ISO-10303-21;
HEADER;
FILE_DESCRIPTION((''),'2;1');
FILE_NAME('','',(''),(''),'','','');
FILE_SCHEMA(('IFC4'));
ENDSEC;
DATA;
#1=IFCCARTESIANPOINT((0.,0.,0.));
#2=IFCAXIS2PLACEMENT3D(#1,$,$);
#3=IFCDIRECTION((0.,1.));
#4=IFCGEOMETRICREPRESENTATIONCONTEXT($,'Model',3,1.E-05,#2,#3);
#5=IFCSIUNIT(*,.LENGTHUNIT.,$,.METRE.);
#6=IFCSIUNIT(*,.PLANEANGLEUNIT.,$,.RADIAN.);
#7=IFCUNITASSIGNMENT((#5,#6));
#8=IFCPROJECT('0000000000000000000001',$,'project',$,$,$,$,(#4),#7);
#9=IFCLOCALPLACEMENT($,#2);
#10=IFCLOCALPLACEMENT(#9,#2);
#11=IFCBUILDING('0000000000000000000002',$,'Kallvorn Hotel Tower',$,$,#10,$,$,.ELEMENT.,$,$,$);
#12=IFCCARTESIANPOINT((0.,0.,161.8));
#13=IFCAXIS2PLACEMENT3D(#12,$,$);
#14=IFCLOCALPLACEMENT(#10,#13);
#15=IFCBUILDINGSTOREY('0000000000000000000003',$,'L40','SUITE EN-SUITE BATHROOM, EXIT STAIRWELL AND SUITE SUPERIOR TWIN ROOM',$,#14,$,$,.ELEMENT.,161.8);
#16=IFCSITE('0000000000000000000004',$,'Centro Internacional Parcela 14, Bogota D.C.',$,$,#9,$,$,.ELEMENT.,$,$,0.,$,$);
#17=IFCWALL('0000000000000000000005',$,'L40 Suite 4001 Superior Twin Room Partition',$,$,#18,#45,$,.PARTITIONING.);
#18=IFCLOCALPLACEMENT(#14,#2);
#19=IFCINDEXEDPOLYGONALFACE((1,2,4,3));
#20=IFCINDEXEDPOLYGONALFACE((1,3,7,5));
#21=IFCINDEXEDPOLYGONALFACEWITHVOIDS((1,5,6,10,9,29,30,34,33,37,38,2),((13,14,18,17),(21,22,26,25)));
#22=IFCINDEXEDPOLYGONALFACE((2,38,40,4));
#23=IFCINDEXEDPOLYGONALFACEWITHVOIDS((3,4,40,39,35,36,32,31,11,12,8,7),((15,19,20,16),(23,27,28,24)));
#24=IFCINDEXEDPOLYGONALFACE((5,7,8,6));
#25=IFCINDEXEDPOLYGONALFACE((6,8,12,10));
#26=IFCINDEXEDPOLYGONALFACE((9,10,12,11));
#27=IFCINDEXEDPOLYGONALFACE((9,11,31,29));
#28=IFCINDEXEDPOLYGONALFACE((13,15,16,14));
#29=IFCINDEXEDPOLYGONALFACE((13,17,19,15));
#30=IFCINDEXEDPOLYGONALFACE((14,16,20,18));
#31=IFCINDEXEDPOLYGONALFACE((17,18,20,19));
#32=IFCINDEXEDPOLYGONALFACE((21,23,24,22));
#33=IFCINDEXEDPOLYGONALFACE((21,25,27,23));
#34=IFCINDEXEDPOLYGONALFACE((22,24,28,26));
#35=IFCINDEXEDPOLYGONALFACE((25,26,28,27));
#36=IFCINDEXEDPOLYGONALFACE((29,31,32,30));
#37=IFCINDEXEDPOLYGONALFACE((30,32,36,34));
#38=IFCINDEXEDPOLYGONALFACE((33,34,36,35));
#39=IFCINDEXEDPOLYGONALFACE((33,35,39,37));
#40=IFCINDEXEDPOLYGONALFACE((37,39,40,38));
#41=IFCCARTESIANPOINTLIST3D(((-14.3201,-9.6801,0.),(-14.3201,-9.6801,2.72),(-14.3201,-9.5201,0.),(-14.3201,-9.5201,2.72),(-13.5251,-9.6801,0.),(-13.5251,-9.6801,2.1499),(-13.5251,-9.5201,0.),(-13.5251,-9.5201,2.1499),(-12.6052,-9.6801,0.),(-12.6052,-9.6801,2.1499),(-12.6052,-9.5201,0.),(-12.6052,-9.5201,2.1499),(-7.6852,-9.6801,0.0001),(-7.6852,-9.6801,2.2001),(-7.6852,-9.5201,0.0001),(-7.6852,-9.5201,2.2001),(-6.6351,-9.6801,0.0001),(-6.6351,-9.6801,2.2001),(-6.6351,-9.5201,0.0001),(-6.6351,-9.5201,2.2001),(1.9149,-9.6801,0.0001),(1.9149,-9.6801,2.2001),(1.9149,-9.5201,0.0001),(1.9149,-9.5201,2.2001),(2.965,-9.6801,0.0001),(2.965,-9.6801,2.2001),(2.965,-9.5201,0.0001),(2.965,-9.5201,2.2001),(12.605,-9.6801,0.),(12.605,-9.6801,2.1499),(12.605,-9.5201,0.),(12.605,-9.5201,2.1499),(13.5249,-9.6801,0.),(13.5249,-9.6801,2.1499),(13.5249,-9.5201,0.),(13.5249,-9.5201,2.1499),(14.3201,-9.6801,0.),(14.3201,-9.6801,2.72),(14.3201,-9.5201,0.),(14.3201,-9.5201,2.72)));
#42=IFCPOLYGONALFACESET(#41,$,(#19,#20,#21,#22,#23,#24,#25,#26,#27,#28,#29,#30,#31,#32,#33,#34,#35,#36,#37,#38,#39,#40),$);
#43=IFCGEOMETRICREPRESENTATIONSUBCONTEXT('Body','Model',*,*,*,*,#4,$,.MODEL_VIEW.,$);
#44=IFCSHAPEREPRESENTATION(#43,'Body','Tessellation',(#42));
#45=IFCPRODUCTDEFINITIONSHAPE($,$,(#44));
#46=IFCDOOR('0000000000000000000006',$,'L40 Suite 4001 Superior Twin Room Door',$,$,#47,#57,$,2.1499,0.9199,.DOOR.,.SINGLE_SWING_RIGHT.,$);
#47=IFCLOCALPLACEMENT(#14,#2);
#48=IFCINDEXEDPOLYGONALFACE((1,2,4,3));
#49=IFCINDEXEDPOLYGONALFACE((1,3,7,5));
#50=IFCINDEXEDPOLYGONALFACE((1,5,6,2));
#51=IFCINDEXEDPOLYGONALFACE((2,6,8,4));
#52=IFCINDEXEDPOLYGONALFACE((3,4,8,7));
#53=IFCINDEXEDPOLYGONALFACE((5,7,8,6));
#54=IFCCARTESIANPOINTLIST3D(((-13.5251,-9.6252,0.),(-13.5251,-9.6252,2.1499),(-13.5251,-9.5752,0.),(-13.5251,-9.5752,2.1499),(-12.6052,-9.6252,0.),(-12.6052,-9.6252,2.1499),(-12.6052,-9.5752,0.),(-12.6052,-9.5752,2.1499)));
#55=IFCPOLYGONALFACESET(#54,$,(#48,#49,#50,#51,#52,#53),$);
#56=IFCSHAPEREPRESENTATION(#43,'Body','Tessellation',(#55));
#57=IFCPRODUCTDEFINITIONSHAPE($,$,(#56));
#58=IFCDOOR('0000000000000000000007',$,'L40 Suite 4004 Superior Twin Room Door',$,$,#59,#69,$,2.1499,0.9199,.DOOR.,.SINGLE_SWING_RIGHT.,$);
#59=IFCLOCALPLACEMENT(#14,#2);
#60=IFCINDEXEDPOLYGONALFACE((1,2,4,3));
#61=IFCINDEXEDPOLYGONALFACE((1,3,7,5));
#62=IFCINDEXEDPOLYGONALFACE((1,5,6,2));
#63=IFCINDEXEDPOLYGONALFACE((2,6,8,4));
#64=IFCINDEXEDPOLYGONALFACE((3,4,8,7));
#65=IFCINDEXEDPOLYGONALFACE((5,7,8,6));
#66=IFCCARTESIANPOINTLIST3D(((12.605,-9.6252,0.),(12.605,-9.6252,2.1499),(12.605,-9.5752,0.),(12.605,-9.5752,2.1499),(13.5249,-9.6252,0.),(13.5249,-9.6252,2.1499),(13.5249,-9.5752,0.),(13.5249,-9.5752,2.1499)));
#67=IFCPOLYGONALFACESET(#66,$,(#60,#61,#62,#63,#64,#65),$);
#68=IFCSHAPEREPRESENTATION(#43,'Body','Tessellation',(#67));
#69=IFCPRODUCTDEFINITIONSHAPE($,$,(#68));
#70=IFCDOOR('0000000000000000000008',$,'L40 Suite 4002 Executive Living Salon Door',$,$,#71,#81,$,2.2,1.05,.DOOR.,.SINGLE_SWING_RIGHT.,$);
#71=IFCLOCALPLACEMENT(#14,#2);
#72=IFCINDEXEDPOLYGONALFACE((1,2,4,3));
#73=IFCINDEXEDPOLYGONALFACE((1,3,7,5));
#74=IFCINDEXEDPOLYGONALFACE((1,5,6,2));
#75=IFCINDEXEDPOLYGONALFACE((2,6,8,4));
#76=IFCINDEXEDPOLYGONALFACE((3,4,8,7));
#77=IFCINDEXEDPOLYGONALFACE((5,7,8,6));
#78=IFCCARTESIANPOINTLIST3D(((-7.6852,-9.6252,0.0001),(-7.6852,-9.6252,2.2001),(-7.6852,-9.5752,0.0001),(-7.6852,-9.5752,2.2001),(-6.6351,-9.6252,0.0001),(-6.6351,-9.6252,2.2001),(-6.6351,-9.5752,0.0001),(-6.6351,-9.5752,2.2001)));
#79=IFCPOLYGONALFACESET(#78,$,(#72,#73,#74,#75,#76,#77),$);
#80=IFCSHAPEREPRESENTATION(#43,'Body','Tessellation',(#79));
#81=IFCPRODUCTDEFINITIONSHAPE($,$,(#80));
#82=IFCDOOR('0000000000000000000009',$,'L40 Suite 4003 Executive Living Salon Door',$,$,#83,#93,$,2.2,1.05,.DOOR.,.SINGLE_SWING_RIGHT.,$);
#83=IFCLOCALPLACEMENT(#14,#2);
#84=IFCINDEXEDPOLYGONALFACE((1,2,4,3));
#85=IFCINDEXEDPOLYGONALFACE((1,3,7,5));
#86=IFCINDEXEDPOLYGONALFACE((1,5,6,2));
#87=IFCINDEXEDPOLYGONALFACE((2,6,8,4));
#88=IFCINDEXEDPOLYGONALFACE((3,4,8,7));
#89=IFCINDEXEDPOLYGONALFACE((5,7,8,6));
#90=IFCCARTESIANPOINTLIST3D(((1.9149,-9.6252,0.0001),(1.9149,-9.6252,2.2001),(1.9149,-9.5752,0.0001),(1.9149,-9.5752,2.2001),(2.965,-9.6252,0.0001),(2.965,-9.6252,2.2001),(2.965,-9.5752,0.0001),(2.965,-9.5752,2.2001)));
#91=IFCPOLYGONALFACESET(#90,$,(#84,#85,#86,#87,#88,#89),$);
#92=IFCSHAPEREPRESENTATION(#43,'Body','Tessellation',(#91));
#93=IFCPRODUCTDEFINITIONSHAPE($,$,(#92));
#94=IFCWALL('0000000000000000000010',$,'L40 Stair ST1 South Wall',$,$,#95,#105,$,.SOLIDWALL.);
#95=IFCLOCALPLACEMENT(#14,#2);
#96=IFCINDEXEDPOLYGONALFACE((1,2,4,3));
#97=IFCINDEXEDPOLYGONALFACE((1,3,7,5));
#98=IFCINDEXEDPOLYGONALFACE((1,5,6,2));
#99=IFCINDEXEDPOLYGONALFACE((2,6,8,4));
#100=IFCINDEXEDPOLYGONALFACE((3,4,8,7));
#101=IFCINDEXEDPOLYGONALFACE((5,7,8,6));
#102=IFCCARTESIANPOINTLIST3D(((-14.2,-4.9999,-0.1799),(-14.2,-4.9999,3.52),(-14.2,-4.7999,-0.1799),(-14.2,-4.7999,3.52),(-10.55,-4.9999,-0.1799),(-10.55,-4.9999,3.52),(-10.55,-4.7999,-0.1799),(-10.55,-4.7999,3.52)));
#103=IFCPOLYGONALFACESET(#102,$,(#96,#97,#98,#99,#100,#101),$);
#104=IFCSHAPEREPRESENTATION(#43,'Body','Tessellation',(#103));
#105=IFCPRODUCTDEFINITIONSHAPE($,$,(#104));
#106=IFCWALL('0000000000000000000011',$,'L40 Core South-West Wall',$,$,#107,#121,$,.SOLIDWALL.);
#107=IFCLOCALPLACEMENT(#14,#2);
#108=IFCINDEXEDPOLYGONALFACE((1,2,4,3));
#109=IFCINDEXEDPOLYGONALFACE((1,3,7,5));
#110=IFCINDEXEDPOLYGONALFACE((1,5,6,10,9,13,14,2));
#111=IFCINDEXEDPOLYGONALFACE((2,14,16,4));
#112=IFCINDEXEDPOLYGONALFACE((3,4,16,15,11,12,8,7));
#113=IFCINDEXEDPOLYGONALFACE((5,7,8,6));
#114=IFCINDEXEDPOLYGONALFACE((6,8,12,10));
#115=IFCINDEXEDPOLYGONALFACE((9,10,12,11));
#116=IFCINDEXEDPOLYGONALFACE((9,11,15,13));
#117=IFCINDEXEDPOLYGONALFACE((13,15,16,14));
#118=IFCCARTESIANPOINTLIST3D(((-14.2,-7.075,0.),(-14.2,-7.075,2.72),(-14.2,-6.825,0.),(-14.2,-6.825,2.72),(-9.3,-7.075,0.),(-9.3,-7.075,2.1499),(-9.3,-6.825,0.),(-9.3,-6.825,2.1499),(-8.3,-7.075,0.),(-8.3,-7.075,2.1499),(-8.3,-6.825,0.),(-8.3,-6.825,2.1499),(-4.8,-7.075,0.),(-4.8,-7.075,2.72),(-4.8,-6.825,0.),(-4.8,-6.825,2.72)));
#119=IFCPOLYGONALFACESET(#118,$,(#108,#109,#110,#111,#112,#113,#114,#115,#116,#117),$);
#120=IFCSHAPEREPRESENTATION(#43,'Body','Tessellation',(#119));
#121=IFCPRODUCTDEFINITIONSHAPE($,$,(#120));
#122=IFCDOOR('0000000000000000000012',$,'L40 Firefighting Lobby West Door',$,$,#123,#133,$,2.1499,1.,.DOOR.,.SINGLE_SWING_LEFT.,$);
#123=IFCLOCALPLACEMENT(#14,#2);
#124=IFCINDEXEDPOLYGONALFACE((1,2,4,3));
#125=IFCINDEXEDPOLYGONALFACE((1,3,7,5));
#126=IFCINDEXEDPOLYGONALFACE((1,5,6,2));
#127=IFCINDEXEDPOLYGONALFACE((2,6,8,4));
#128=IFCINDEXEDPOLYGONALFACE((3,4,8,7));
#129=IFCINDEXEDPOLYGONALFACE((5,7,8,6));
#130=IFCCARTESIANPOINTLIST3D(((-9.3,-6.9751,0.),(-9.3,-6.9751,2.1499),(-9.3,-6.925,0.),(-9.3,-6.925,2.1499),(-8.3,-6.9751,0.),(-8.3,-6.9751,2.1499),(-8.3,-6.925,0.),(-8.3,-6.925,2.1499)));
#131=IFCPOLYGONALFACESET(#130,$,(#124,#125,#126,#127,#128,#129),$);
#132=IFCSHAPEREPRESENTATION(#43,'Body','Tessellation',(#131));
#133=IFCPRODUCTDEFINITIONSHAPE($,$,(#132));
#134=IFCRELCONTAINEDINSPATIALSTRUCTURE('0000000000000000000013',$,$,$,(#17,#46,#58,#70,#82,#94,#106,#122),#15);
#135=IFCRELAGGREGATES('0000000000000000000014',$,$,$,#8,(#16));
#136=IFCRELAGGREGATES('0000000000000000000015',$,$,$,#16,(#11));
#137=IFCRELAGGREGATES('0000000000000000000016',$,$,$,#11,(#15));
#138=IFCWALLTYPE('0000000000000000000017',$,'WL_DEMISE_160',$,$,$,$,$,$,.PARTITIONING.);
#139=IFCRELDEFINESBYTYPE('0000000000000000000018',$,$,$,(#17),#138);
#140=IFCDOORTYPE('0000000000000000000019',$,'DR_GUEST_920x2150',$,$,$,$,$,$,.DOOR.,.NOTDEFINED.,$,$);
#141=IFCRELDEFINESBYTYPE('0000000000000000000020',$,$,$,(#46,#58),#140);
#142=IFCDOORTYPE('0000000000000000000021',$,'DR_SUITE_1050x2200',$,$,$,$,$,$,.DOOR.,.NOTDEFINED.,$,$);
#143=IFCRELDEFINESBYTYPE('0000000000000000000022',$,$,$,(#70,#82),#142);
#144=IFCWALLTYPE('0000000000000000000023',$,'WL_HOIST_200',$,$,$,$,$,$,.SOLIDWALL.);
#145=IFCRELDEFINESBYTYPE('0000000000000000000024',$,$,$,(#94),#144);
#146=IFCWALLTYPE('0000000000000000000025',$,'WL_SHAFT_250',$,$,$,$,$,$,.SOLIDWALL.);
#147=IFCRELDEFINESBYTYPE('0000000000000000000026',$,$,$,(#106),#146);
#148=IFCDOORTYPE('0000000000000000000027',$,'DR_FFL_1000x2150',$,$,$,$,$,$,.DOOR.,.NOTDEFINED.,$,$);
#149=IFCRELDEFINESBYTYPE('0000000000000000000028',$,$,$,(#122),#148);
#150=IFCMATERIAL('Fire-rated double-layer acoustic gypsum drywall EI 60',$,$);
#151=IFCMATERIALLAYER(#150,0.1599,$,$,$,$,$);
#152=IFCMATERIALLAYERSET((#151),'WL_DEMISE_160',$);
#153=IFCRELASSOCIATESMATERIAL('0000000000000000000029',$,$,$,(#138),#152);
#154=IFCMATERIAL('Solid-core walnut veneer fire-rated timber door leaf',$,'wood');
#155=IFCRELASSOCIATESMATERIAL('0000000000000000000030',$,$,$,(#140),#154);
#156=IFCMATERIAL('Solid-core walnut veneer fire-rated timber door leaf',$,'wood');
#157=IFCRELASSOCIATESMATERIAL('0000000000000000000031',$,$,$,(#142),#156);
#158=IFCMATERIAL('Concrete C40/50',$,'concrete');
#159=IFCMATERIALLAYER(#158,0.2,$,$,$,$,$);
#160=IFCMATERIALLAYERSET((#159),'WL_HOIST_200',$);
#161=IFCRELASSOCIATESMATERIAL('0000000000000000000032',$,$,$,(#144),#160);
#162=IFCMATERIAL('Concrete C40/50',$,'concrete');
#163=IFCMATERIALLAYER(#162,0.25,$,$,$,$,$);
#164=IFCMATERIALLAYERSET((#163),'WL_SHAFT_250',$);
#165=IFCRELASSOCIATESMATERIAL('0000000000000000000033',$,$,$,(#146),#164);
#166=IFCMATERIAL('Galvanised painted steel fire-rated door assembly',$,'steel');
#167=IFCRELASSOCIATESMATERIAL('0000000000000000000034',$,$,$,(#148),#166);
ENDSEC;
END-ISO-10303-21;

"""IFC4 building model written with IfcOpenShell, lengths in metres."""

from ifc_helpers import new_model, si_unit, direction, frame, frame_2d, origin, place, context, subcontext, project, spatial, rectangle, extrude, material, layer, layer_set, type_object, element, fill, save


model = new_model("IFC4")

# Units and contexts
model_context = context("Model", 3, precision=1e-05, world=origin(), true_north=direction((0.0, 1.0)))
body_context = subcontext(model_context, "Body", "Model", "MODEL_VIEW")
ifc_project = project(units=[si_unit("LENGTHUNIT", "METRE"), si_unit("PLANEANGLEUNIT", "RADIAN")], contexts=[model_context])

# Site, building, storey
site_placement = place(None, origin())
site = spatial("IfcSite", under=ifc_project, at=site_placement, Name="Centro Internacional Parcela 14, Bogota D.C.", CompositionType="ELEMENT", RefElevation=0.0)
building_placement = place(site_placement, origin())
building = spatial("IfcBuilding", under=site, at=building_placement, Name="Kallvorn Hotel Tower", CompositionType="ELEMENT")
storey_placement = place(building_placement, frame((0.0, 0.0, 161.8)))
storey = spatial("IfcBuildingStorey", under=building, at=storey_placement, Name="L40", Description="SUITE EN-SUITE BATHROOM, EXIT STAIRWELL AND SUITE SUPERIOR TWIN ROOM", CompositionType="ELEMENT", Elevation=161.8)

# Wall, openings, doors
ifc_material_1 = material(Name="Fire-rated double-layer acoustic gypsum drywall EI 60")
ifc_layer_1 = layer(ifc_material_1, 0.1599)
ifc_layer_set_1 = layer_set([ifc_layer_1], Name="WL_DEMISE_160")
wall_type_1 = type_object("IfcWallType", Name="WL_DEMISE_160", PredefinedType="PARTITIONING", material=ifc_layer_set_1)
wall_1_placement = place(storey_placement, frame((-14.3201, -9.6001, 0.0), z_axis=(0.0, 0.0, 1.0), x_axis=(1.0, 0.0, 0.0)))
wall_1 = element("IfcWall", 1, at=wall_1_placement, inside=storey, type_object=wall_type_1, Name="L40 Suite 4001 Superior Twin Room Partition", PredefinedType="PARTITIONING", context=body_context, shape_type="SweptSolid", body=[
    extrude(rectangle(XDim=28.6401, YDim=0.1599, at=frame_2d((14.3201, 0.0))), origin(), (0.0, 0.0, 1.0), 2.72),
])
opening_1_placement = place(wall_1_placement, frame((0.7949, 0.0, 0.0)))
opening_1 = element("IfcOpeningElement", 2, at=opening_1_placement, cuts=wall_1, PredefinedType="OPENING", context=body_context, shape_type="SweptSolid", body=[
    extrude(rectangle(XDim=0.9199, YDim=2.1499, at=frame_2d((0.46, 1.075))), frame((0.0, 0.095, 0.0), z_axis=(0.0, -1.0, 0.0), x_axis=(1.0, 0.0, 0.0)), (0.0, 0.0, 1.0), 0.1899),
])
opening_2_placement = place(wall_1_placement, frame((6.635, 0.0, 0.0)))
opening_2 = element("IfcOpeningElement", 3, at=opening_2_placement, cuts=wall_1, PredefinedType="OPENING", context=body_context, shape_type="SweptSolid", body=[
    extrude(rectangle(XDim=1.05, YDim=2.2, at=frame_2d((0.5249, 1.1001))), frame((0.0, 0.095, 0.0), z_axis=(0.0, -1.0, 0.0), x_axis=(1.0, 0.0, 0.0)), (0.0, 0.0, 1.0), 0.1899),
])
opening_3_placement = place(wall_1_placement, frame((16.2351, 0.0, 0.0)))
opening_3 = element("IfcOpeningElement", 4, at=opening_3_placement, cuts=wall_1, PredefinedType="OPENING", context=body_context, shape_type="SweptSolid", body=[
    extrude(rectangle(XDim=1.05, YDim=2.2, at=frame_2d((0.5249, 1.1001))), frame((0.0, 0.095, 0.0), z_axis=(0.0, -1.0, 0.0), x_axis=(1.0, 0.0, 0.0)), (0.0, 0.0, 1.0), 0.1899),
])
opening_4_placement = place(wall_1_placement, frame((26.925, 0.0, 0.0)))
opening_4 = element("IfcOpeningElement", 5, at=opening_4_placement, cuts=wall_1, PredefinedType="OPENING", context=body_context, shape_type="SweptSolid", body=[
    extrude(rectangle(XDim=0.9199, YDim=2.1499, at=frame_2d((0.46, 1.075))), frame((0.0, 0.095, 0.0), z_axis=(0.0, -1.0, 0.0), x_axis=(1.0, 0.0, 0.0)), (0.0, 0.0, 1.0), 0.1899),
])
ifc_material_2 = material(Name="Solid-core walnut veneer fire-rated timber door leaf", Category="wood")
door_type_1 = type_object("IfcDoorType", Name="DR_GUEST_920x2150", OperationType="NOTDEFINED", PredefinedType="DOOR", material=ifc_material_2)
door_1_placement = place(opening_1_placement, origin())
door_1 = element("IfcDoor", 6, at=door_1_placement, inside=storey, type_object=door_type_1, Name="L40 Suite 4001 Superior Twin Room Door", OperationType="SINGLE_SWING_RIGHT", OverallHeight=2.1499, OverallWidth=0.9199, PredefinedType="DOOR", context=body_context, shape_type="SweptSolid", body=[
    extrude(rectangle(XDim=0.9199, YDim=2.1499, at=frame_2d((0.46, 1.075))), frame((0.0, 0.0249, 0.0), z_axis=(0.0, -1.0, 0.0), x_axis=(1.0, 0.0, 0.0)), (0.0, 0.0, 1.0), 0.05),
])
fill(opening_1, door_1)
door_2_placement = place(opening_4_placement, origin())
door_2 = element("IfcDoor", 7, at=door_2_placement, inside=storey, type_object=door_type_1, Name="L40 Suite 4004 Superior Twin Room Door", OperationType="SINGLE_SWING_RIGHT", OverallHeight=2.1499, OverallWidth=0.9199, PredefinedType="DOOR", context=body_context, shape_type="SweptSolid", body=[
    extrude(rectangle(XDim=0.9199, YDim=2.1499, at=frame_2d((0.46, 1.075))), frame((0.0, 0.0249, 0.0), z_axis=(0.0, -1.0, 0.0), x_axis=(1.0, 0.0, 0.0)), (0.0, 0.0, 1.0), 0.05),
])
fill(opening_4, door_2)
ifc_material_3 = material(Name="Solid-core walnut veneer fire-rated timber door leaf", Category="wood")
door_type_2 = type_object("IfcDoorType", Name="DR_SUITE_1050x2200", OperationType="NOTDEFINED", PredefinedType="DOOR", material=ifc_material_3)
door_3_placement = place(opening_2_placement, origin())
door_3 = element("IfcDoor", 8, at=door_3_placement, inside=storey, type_object=door_type_2, Name="L40 Suite 4002 Executive Living Salon Door", OperationType="SINGLE_SWING_RIGHT", OverallHeight=2.2, OverallWidth=1.05, PredefinedType="DOOR", context=body_context, shape_type="SweptSolid", body=[
    extrude(rectangle(XDim=1.05, YDim=2.2, at=frame_2d((0.5249, 1.1001))), frame((0.0, 0.0249, 0.0), z_axis=(0.0, -1.0, 0.0), x_axis=(1.0, 0.0, 0.0)), (0.0, 0.0, 1.0), 0.05),
])
fill(opening_2, door_3)
door_4_placement = place(opening_3_placement, origin())
door_4 = element("IfcDoor", 9, at=door_4_placement, inside=storey, type_object=door_type_2, Name="L40 Suite 4003 Executive Living Salon Door", OperationType="SINGLE_SWING_RIGHT", OverallHeight=2.2, OverallWidth=1.05, PredefinedType="DOOR", context=body_context, shape_type="SweptSolid", body=[
    extrude(rectangle(XDim=1.05, YDim=2.2, at=frame_2d((0.5249, 1.1001))), frame((0.0, 0.0249, 0.0), z_axis=(0.0, -1.0, 0.0), x_axis=(1.0, 0.0, 0.0)), (0.0, 0.0, 1.0), 0.05),
])
fill(opening_3, door_4)

# Wall
ifc_material_4 = material(Name="Concrete C40/50", Category="concrete")
ifc_layer_2 = layer(ifc_material_4, 0.2)
ifc_layer_set_2 = layer_set([ifc_layer_2], Name="WL_HOIST_200")
wall_type_2 = type_object("IfcWallType", Name="WL_HOIST_200", PredefinedType="SOLIDWALL", material=ifc_layer_set_2)
wall_2_placement = place(storey_placement, frame((-14.2, -4.8999, -0.1799), z_axis=(0.0, 0.0, 1.0), x_axis=(1.0, 0.0, 0.0)))
element("IfcWall", 10, at=wall_2_placement, inside=storey, type_object=wall_type_2, Name="L40 Stair ST1 South Wall", PredefinedType="SOLIDWALL", context=body_context, shape_type="SweptSolid", body=[
    extrude(rectangle(XDim=3.6499, YDim=0.2, at=frame_2d((1.825, 0.0))), origin(), (0.0, 0.0, 1.0), 3.7),
])

# Wall, opening, door
ifc_material_5 = material(Name="Concrete C40/50", Category="concrete")
ifc_layer_3 = layer(ifc_material_5, 0.25)
ifc_layer_set_3 = layer_set([ifc_layer_3], Name="WL_SHAFT_250")
wall_type_3 = type_object("IfcWallType", Name="WL_SHAFT_250", PredefinedType="SOLIDWALL", material=ifc_layer_set_3)
wall_3_placement = place(storey_placement, frame((-14.2, -6.95, 0.0), z_axis=(0.0, 0.0, 1.0), x_axis=(1.0, 0.0, 0.0)))
wall_3 = element("IfcWall", 11, at=wall_3_placement, inside=storey, type_object=wall_type_3, Name="L40 Core South-West Wall", PredefinedType="SOLIDWALL", context=body_context, shape_type="SweptSolid", body=[
    extrude(rectangle(XDim=9.3999, YDim=0.25, at=frame_2d((4.7, 0.0))), origin(), (0.0, 0.0, 1.0), 2.72),
])
opening_5_placement = place(wall_3_placement, frame((4.8999, 0.0, 0.0)))
opening_5 = element("IfcOpeningElement", 12, at=opening_5_placement, cuts=wall_3, PredefinedType="OPENING", context=body_context, shape_type="SweptSolid", body=[
    extrude(rectangle(XDim=1.0, YDim=2.1499, at=frame_2d((0.5, 1.075))), frame((0.0, 0.1399, 0.0), z_axis=(0.0, -1.0, 0.0), x_axis=(1.0, 0.0, 0.0)), (0.0, 0.0, 1.0), 0.28),
])
ifc_material_6 = material(Name="Galvanised painted steel fire-rated door assembly", Category="steel")
door_type_3 = type_object("IfcDoorType", Name="DR_FFL_1000x2150", OperationType="NOTDEFINED", PredefinedType="DOOR", material=ifc_material_6)
door_5_placement = place(opening_5_placement, origin())
door_5 = element("IfcDoor", 13, at=door_5_placement, inside=storey, type_object=door_type_3, Name="L40 Firefighting Lobby West Door", OperationType="SINGLE_SWING_LEFT", OverallHeight=2.1499, OverallWidth=1.0, PredefinedType="DOOR", context=body_context, shape_type="SweptSolid", body=[
    extrude(rectangle(XDim=1.0, YDim=2.1499, at=frame_2d((0.5, 1.075))), frame((0.0, 0.0249, 0.0), z_axis=(0.0, -1.0, 0.0), x_axis=(1.0, 0.0, 0.0)), (0.0, 0.0, 1.0), 0.05),
])
fill(opening_5, door_5)

save(model, "model.ifc")
